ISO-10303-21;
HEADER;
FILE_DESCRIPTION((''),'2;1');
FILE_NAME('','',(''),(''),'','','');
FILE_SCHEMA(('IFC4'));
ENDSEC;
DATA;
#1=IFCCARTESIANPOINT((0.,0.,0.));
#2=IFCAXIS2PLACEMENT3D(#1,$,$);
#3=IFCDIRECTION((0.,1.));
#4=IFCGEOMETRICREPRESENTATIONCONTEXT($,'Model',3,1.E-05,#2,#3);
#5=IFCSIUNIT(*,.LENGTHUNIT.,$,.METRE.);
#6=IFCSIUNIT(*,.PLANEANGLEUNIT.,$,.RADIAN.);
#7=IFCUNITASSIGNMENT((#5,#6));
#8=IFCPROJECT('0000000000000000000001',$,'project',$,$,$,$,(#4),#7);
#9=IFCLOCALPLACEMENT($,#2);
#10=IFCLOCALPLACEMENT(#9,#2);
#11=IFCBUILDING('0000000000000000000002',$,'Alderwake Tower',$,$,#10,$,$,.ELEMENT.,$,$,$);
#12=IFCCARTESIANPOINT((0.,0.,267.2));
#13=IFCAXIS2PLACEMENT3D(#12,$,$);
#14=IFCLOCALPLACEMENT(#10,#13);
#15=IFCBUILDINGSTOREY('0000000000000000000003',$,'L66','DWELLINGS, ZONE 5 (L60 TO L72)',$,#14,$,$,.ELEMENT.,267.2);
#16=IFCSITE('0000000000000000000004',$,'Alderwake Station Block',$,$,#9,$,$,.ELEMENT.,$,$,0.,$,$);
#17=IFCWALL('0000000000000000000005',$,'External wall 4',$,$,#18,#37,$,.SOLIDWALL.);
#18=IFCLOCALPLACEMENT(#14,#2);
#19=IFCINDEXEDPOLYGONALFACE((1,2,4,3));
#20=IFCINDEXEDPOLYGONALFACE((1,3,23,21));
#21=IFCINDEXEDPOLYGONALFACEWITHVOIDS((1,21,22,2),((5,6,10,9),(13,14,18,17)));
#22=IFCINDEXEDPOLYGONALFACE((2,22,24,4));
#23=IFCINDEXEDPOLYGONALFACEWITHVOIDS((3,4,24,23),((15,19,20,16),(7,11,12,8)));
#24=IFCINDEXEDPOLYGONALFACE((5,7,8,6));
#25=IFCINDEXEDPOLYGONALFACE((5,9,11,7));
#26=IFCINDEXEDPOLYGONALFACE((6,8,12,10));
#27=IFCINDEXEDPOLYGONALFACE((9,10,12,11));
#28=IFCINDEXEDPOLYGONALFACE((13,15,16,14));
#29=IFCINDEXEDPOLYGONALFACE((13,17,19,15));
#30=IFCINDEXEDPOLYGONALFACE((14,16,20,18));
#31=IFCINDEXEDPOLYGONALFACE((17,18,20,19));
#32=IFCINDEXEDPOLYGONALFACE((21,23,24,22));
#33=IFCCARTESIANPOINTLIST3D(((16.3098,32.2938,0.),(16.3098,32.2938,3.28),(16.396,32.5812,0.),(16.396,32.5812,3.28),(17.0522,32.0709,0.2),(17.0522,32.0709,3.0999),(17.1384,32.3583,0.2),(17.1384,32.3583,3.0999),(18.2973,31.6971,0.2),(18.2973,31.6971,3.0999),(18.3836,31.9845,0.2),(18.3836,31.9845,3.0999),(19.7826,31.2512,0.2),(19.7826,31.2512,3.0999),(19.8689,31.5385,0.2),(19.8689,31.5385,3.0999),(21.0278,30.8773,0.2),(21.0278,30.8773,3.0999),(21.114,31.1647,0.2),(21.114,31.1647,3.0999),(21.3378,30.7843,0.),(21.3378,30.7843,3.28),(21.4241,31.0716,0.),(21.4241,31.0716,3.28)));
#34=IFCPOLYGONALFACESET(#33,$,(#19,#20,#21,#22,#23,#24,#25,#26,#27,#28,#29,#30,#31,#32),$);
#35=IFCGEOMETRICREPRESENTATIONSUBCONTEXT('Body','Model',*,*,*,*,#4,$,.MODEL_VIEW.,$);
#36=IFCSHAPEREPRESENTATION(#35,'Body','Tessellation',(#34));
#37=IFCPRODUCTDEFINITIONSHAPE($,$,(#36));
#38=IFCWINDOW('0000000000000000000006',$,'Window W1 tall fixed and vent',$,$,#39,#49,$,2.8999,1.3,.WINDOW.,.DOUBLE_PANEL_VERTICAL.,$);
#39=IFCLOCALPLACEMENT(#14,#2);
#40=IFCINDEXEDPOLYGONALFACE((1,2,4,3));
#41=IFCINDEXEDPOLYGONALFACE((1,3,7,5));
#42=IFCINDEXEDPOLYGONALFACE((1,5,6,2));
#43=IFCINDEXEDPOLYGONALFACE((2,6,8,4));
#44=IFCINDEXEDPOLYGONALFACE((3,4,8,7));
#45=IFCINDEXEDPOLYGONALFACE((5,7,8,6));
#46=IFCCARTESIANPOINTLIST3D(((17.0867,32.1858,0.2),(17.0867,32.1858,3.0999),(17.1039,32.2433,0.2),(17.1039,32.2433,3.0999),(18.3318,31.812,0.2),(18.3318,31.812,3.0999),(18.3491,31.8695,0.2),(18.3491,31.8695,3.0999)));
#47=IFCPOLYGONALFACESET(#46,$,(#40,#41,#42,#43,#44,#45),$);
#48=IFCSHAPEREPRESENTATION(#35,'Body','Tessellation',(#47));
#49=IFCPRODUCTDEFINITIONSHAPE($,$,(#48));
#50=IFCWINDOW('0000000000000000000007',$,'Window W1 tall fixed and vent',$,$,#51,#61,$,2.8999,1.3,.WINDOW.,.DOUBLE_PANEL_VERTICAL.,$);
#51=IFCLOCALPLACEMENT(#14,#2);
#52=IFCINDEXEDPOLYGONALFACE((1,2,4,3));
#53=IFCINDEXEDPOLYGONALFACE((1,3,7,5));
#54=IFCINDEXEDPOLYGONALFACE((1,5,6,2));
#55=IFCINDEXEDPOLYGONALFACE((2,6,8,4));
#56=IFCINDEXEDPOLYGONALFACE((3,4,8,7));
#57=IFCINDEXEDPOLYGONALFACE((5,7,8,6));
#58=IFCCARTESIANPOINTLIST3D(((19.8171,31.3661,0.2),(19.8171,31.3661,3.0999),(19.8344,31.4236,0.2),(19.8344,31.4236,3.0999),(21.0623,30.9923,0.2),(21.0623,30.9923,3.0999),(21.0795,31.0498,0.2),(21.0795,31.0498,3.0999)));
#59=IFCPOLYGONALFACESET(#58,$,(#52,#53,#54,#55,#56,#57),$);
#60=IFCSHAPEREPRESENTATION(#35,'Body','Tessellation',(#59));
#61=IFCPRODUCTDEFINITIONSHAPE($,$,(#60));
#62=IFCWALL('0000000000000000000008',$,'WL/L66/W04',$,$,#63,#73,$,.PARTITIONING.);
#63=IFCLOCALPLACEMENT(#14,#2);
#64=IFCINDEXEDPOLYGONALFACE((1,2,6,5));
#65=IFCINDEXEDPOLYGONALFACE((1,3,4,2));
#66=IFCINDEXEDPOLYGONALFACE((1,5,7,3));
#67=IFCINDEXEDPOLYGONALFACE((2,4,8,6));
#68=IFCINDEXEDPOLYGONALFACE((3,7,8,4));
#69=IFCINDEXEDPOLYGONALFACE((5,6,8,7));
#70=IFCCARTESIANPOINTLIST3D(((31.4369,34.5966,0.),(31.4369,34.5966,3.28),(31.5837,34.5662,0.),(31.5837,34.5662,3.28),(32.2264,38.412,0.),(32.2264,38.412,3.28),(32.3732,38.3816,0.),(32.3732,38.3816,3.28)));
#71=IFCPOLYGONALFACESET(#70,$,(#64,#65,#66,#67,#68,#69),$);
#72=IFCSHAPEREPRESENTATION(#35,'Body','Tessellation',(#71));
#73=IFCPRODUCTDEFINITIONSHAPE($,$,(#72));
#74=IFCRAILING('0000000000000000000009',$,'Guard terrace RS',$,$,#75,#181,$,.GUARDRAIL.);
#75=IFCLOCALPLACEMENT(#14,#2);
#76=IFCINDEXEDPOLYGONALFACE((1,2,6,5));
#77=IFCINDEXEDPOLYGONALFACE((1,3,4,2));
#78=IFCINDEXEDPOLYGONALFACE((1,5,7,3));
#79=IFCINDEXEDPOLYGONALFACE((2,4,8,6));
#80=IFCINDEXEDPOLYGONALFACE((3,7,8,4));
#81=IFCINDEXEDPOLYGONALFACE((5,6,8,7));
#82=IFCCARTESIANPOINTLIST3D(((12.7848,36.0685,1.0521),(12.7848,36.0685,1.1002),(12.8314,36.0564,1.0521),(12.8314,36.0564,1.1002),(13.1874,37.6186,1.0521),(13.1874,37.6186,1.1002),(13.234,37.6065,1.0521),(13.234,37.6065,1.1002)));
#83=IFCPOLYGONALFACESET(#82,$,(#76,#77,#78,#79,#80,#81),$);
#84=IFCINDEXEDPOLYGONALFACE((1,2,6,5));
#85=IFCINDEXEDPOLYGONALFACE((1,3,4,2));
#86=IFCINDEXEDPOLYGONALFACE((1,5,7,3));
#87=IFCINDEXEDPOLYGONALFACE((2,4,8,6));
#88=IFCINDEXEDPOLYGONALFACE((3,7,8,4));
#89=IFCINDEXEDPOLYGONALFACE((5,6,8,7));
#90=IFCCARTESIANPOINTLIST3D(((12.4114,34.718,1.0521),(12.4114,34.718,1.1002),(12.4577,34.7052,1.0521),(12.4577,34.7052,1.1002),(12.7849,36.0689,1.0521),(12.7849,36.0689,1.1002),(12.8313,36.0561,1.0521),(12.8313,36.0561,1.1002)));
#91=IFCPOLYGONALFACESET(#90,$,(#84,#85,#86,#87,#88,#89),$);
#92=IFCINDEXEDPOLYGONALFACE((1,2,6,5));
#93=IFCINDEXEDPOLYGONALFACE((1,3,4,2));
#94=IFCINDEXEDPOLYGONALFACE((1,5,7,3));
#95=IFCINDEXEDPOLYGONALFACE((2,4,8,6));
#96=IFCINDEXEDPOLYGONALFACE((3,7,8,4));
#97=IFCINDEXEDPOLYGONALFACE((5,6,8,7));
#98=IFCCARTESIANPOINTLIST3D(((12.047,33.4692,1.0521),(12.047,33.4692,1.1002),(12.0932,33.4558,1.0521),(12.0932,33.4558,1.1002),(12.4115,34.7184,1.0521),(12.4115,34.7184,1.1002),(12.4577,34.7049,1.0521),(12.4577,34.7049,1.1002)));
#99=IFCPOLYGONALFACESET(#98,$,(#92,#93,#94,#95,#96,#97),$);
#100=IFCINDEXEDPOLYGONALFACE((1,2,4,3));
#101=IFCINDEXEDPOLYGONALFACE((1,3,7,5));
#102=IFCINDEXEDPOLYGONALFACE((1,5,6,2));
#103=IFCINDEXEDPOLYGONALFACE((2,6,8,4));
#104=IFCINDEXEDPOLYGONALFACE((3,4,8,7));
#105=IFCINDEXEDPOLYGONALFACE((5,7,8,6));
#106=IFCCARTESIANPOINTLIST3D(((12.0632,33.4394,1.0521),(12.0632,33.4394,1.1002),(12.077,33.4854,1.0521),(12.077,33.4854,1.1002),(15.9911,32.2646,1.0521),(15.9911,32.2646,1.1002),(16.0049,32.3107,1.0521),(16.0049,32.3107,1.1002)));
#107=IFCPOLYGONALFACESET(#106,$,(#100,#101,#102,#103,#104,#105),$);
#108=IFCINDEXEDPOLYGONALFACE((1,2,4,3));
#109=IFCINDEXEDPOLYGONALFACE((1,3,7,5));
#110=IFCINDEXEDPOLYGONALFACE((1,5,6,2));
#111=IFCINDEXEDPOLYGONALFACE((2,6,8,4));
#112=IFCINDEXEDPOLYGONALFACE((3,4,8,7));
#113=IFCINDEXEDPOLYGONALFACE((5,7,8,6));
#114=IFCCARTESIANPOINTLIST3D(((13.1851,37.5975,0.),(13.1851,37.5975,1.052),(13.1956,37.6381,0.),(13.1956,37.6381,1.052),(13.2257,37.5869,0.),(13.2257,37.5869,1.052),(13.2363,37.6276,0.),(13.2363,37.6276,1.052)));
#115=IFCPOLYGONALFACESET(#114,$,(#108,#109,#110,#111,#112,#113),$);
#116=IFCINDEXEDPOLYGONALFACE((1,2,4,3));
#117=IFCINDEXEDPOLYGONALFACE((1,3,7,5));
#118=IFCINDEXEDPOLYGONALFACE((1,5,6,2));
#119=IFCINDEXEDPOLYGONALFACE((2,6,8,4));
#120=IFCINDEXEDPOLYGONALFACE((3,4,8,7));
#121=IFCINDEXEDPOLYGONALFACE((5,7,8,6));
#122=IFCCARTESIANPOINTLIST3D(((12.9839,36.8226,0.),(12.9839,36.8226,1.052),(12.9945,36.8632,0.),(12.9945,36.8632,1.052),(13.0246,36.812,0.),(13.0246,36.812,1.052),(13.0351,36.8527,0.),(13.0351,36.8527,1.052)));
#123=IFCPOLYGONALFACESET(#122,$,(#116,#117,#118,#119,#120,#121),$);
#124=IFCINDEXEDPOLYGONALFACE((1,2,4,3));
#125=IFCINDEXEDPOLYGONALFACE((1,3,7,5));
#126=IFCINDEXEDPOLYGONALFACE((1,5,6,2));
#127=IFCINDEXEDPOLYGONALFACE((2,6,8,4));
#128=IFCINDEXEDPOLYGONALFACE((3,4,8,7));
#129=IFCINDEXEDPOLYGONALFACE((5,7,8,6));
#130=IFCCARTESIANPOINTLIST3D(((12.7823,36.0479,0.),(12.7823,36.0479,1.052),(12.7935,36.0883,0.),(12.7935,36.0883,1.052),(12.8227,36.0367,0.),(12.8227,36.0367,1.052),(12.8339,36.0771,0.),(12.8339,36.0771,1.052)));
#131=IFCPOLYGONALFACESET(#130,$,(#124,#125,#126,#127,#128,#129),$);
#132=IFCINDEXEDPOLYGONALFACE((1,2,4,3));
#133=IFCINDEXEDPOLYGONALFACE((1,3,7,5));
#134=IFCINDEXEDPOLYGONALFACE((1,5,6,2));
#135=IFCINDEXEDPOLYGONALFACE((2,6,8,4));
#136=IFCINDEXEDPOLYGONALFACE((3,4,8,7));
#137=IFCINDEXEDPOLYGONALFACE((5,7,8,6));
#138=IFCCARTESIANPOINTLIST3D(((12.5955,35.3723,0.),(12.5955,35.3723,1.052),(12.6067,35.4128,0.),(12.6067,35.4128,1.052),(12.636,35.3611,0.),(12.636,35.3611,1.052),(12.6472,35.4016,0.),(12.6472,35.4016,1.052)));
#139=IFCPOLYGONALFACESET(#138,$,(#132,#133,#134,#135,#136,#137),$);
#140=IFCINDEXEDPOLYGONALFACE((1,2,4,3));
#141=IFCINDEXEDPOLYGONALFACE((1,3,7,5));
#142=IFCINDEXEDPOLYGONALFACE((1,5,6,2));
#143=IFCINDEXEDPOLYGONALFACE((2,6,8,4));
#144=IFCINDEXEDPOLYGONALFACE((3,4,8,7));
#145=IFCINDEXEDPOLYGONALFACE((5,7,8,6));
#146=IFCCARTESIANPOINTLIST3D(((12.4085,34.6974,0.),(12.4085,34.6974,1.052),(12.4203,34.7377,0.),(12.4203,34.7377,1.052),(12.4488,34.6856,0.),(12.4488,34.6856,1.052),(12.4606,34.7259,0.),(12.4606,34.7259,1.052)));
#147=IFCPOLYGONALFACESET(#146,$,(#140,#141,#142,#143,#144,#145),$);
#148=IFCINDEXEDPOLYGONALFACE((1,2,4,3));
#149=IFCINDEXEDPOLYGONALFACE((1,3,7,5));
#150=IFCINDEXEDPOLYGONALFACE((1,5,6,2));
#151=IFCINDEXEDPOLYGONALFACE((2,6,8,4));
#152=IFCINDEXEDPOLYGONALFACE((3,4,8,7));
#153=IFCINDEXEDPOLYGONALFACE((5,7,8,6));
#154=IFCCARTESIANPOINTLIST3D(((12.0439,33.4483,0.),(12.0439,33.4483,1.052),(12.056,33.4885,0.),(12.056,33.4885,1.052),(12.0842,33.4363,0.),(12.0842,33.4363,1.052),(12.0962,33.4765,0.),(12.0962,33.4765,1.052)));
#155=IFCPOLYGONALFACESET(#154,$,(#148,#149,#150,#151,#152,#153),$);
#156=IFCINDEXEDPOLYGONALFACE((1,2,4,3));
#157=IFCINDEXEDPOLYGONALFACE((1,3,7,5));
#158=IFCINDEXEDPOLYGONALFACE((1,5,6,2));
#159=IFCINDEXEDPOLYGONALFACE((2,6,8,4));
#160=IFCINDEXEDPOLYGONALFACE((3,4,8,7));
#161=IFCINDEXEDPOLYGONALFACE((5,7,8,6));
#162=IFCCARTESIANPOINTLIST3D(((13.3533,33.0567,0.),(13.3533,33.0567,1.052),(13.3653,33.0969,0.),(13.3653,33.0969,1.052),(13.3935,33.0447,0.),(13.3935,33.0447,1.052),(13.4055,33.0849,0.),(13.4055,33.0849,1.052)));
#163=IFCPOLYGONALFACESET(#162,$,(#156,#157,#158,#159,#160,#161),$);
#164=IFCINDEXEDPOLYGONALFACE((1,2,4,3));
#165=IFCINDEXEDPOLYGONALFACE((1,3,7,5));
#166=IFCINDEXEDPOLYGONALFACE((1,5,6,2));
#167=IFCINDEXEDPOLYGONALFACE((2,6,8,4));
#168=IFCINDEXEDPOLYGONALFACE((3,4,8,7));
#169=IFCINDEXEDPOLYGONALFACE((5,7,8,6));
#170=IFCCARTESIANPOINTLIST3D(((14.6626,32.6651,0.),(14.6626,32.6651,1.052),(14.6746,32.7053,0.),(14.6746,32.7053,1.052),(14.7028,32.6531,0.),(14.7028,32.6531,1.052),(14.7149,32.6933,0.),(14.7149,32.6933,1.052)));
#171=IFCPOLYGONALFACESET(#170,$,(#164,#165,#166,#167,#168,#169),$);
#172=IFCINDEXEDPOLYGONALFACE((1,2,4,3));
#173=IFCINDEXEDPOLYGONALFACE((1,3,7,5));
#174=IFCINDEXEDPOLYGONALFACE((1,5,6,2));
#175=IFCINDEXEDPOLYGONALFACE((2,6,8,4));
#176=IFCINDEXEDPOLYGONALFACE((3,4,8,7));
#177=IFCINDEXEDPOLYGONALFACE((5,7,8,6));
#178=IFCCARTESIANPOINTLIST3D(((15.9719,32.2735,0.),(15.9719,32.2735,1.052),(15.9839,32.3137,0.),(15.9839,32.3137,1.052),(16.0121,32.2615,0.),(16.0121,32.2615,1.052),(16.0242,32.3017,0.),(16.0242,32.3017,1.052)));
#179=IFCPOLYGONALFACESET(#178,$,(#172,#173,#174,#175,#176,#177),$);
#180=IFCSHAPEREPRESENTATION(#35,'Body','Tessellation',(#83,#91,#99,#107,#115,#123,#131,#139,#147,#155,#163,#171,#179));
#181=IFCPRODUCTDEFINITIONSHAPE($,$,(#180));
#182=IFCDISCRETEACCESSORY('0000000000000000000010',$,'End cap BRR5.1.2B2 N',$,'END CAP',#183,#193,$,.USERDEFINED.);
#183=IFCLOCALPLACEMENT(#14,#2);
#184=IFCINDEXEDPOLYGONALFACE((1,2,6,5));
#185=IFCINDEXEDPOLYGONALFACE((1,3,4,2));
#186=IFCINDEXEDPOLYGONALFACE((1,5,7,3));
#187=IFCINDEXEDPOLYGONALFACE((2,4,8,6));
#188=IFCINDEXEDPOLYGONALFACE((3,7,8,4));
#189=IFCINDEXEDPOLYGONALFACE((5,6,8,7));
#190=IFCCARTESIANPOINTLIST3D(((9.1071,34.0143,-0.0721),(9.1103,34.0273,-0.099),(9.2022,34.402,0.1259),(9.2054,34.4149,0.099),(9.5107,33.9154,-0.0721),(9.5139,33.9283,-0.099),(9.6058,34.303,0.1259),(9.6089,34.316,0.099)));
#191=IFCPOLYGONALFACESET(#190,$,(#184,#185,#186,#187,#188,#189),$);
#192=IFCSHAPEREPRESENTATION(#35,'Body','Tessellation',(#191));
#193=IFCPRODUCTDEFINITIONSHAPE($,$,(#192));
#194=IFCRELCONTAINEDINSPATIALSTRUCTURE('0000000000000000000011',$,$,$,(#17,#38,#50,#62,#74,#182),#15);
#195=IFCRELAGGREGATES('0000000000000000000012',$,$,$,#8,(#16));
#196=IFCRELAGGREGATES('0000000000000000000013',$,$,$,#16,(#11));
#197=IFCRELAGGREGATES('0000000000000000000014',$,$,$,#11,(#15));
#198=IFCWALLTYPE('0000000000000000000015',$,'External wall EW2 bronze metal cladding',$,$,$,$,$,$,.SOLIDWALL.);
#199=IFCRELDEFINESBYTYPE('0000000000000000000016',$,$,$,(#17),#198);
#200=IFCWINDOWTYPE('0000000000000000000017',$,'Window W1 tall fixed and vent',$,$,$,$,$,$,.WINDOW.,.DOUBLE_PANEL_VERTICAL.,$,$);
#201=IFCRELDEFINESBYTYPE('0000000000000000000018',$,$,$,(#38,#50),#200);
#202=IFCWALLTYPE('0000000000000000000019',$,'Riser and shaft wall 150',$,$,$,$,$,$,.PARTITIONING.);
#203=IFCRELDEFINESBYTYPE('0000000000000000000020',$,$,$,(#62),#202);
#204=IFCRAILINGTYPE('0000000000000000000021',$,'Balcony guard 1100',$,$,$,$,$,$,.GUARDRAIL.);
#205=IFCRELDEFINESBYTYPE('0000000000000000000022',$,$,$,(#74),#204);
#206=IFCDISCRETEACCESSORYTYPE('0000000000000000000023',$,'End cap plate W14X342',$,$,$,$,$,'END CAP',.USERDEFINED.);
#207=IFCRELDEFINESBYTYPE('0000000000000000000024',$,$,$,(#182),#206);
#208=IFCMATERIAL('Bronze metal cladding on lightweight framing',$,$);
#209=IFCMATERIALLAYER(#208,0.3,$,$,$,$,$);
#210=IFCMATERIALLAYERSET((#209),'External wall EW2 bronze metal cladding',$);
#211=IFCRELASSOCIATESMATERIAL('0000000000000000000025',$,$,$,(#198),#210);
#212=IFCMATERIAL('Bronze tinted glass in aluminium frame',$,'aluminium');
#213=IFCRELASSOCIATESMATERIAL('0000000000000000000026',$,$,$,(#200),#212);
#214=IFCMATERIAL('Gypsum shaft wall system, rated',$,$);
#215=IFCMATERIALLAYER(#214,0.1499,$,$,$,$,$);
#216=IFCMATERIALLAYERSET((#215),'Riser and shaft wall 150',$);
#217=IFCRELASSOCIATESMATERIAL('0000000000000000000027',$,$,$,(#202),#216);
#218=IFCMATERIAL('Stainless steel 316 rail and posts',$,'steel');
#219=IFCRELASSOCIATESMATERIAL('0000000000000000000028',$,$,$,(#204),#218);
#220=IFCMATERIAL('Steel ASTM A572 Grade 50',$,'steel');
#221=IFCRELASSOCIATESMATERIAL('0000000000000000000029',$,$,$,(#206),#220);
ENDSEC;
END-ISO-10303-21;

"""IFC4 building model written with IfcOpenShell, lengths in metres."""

from ifc_helpers import new_model, si_unit, direction, frame, frame_2d, origin, origin_2d, place, context, subcontext, project, spatial, rectangle, extrude, material, layer, layer_set, material_profile, profile_set, type_object, element, fill, save


model = new_model("IFC4")

# Units and contexts
model_context = context("Model", 3, precision=1e-05, world=origin(), true_north=direction((0.0, 1.0)))
body_context = subcontext(model_context, "Body", "Model", "MODEL_VIEW")
ifc_project = project(units=[si_unit("LENGTHUNIT", "METRE"), si_unit("PLANEANGLEUNIT", "RADIAN")], contexts=[model_context])

# Site, building, storey
site_placement = place(None, origin())
site = spatial("IfcSite", under=ifc_project, at=site_placement, Name="Alderwake Station Block", CompositionType="ELEMENT", RefElevation=0.0)
building_placement = place(site_placement, origin())
building = spatial("IfcBuilding", under=site, at=building_placement, Name="Alderwake Tower", CompositionType="ELEMENT")
storey_placement = place(building_placement, frame((0.0, 0.0, 267.2)))
storey = spatial("IfcBuildingStorey", under=building, at=storey_placement, Name="L66", Description="DWELLINGS, ZONE 5 (L60 TO L72)", CompositionType="ELEMENT", Elevation=267.2)

# Shared definitions
ifc_material_1 = material(Name="Bronze metal cladding on lightweight framing")
ifc_layer_1 = layer(ifc_material_1, 0.3)
ifc_layer_set_1 = layer_set([ifc_layer_1], Name="External wall EW2 bronze metal cladding")
wall_type_1 = type_object("IfcWallType", Name="External wall EW2 bronze metal cladding", PredefinedType="SOLIDWALL", material=ifc_layer_set_1)
ifc_material_2 = material(Name="Bronze tinted glass in aluminium frame", Category="aluminium")
window_type = type_object("IfcWindowType", Name="Window W1 tall fixed and vent", PartitioningType="DOUBLE_PANEL_VERTICAL", PredefinedType="WINDOW", material=ifc_material_2)

# Wall, openings, windows
wall_1_placement = place(storey_placement, frame((16.3528, 32.4375, 0.0), z_axis=(0.0, 0.0, 1.0), x_axis=(0.957769, -0.28754, 0.0)))
wall_1 = element("IfcWall", 1, at=wall_1_placement, inside=storey, type_object=wall_type_1, Name="External wall 4", PredefinedType="SOLIDWALL", context=body_context, shape_type="SweptSolid", body=[
    extrude(rectangle(XDim=5.2498, YDim=0.3, at=frame_2d((2.625, 0.0))), origin(), (0.0, 0.0, 1.0), 3.28),
])
opening_1_placement = place(wall_1_placement, frame((0.7754, 0.0, 0.2)))
opening_1 = element("IfcOpeningElement", 2, at=opening_1_placement, cuts=wall_1, PredefinedType="OPENING", context=body_context, shape_type="SweptSolid", body=[
    extrude(rectangle(XDim=1.3, YDim=2.8999, at=frame_2d((0.6499, 1.45))), frame((0.0, 0.1599, 0.0), z_axis=(0.0, -1.0, 0.0), x_axis=(1.0, 0.0, 0.0)), (0.0, 0.0, 1.0), 0.3201),
])
opening_2_placement = place(wall_1_placement, frame((3.6262, 0.0, 0.2)))
opening_2 = element("IfcOpeningElement", 3, at=opening_2_placement, cuts=wall_1, PredefinedType="OPENING", context=body_context, shape_type="SweptSolid", body=[
    extrude(rectangle(XDim=1.3, YDim=2.8999, at=frame_2d((0.6499, 1.45))), frame((0.0, 0.1599, 0.0), z_axis=(0.0, -1.0, 0.0), x_axis=(1.0, 0.0, 0.0)), (0.0, 0.0, 1.0), 0.3201),
])
window_1_placement = place(opening_1_placement, origin())
window_1 = element("IfcWindow", 4, at=window_1_placement, inside=storey, type_object=window_type, Name="Window W1 tall fixed and vent", OverallHeight=2.8999, OverallWidth=1.3, PartitioningType="DOUBLE_PANEL_VERTICAL", PredefinedType="WINDOW", context=body_context, shape_type="SweptSolid", body=[
    extrude(rectangle(XDim=1.3, YDim=2.8999, at=frame_2d((0.6499, 1.45))), frame((0.0, 0.03, 0.0), z_axis=(0.0, -1.0, 0.0), x_axis=(1.0, 0.0, 0.0)), (0.0, 0.0, 1.0), 0.0601),
])
fill(opening_1, window_1)
window_2_placement = place(opening_2_placement, origin())
window_2 = element("IfcWindow", 5, at=window_2_placement, inside=storey, type_object=window_type, Name="Window W1 tall fixed and vent", OverallHeight=2.8999, OverallWidth=1.3, PartitioningType="DOUBLE_PANEL_VERTICAL", PredefinedType="WINDOW", context=body_context, shape_type="SweptSolid", body=[
    extrude(rectangle(XDim=1.3, YDim=2.8999, at=frame_2d((0.6499, 1.45))), frame((0.0, 0.03, 0.0), z_axis=(0.0, -1.0, 0.0), x_axis=(1.0, 0.0, 0.0)), (0.0, 0.0, 1.0), 0.0601),
])
fill(opening_2, window_2)

# Wall
ifc_material_3 = material(Name="Gypsum shaft wall system, rated")
ifc_layer_2 = layer(ifc_material_3, 0.1499)
ifc_layer_set_2 = layer_set([ifc_layer_2], Name="Riser and shaft wall 150")
wall_type_2 = type_object("IfcWallType", Name="Riser and shaft wall 150", PredefinedType="PARTITIONING", material=ifc_layer_set_2)
wall_2_placement = place(storey_placement, frame((31.5103, 34.5813, 0.0), z_axis=(0.0, 0.0, 1.0), x_axis=(0.202643, 0.979253, 0.0)))
element("IfcWall", 6, at=wall_2_placement, inside=storey, type_object=wall_type_2, Name="WL/L66/W04", PredefinedType="PARTITIONING", context=body_context, shape_type="SweptSolid", body=[
    extrude(rectangle(XDim=3.8962, YDim=0.1499, at=frame_2d((1.9482, 0.0))), origin(), (0.0, 0.0, 1.0), 3.28),
])

# Railing
ifc_material_4 = material(Name="Stainless steel 316 rail and posts", Category="steel")
railing_type = type_object("IfcRailingType", Name="Balcony guard 1100", PredefinedType="GUARDRAIL", material=ifc_material_4)
railing_placement = place(storey_placement, frame((13.2107, 37.6125, 0.0)))
element("IfcRailing", 7, at=railing_placement, inside=storey, type_object=railing_type, Name="Guard terrace RS", PredefinedType="GUARDRAIL", context=body_context, shape_type="SweptSolid", body=[
    extrude(rectangle(XDim=0.0481, YDim=0.0481, at=origin_2d()), frame((0.0, 0.0, 1.0762), z_axis=(-0.251385, -0.967887, 0.0), x_axis=(0.967887, -0.251385, 0.0)), (0.0, 0.0, 1.0), 1.6016),
    extrude(rectangle(XDim=0.0481, YDim=0.0481, at=origin_2d()), frame((-0.4026, -1.55, 1.0762), z_axis=(-0.266521, -0.963829, 0.0), x_axis=(0.963829, -0.266521, 0.0)), (0.0, 0.0, 1.0), 1.4016),
    extrude(rectangle(XDim=0.0481, YDim=0.0481, at=origin_2d()), frame((-0.7761, -2.9009, 1.0762), z_axis=(-0.280094, -0.959973, 0.0), x_axis=(0.959973, -0.280094, 0.0)), (0.0, 0.0, 1.0), 1.3013),
    extrude(rectangle(XDim=0.0481, YDim=0.0481, at=origin_2d()), frame((-1.1406, -4.1501, 1.0762), z_axis=(0.958067, -0.286545, 0.0), x_axis=(0.286545, 0.958067, 0.0)), (0.0, 0.0, 1.0), 4.0999),
    extrude(rectangle(XDim=0.042, YDim=0.042, at=origin_2d()), frame((0.0, 0.0, 0.0), z_axis=(0.0, 0.0, 1.0), x_axis=(-0.251385, -0.967887, 0.0)), (0.0, 0.0, 1.0), 1.052),
    extrude(rectangle(XDim=0.042, YDim=0.042, at=origin_2d()), frame((-0.2012, -0.7749, 0.0), z_axis=(0.0, 0.0, 1.0), x_axis=(-0.251385, -0.967887, 0.0)), (0.0, 0.0, 1.0), 1.052),
    extrude(rectangle(XDim=0.042, YDim=0.042, at=origin_2d()), frame((-0.4026, -1.55, 0.0), z_axis=(0.0, 0.0, 1.0), x_axis=(-0.266521, -0.963829, 0.0)), (0.0, 0.0, 1.0), 1.052),
    extrude(rectangle(XDim=0.042, YDim=0.042, at=origin_2d()), frame((-0.5894, -2.2256, 0.0), z_axis=(0.0, 0.0, 1.0), x_axis=(-0.266521, -0.963829, 0.0)), (0.0, 0.0, 1.0), 1.052),
    extrude(rectangle(XDim=0.042, YDim=0.042, at=origin_2d()), frame((-0.7761, -2.9009, 0.0), z_axis=(0.0, 0.0, 1.0), x_axis=(-0.280094, -0.959973, 0.0)), (0.0, 0.0, 1.0), 1.052),
    extrude(rectangle(XDim=0.042, YDim=0.042, at=origin_2d()), frame((-1.1406, -4.1501, 0.0), z_axis=(0.0, 0.0, 1.0), x_axis=(0.958067, -0.286545, 0.0)), (0.0, 0.0, 1.0), 1.052),
    extrude(rectangle(XDim=0.042, YDim=0.042, at=origin_2d()), frame((0.1687, -4.5417, 0.0), z_axis=(0.0, 0.0, 1.0), x_axis=(0.958067, -0.286545, 0.0)), (0.0, 0.0, 1.0), 1.052),
    extrude(rectangle(XDim=0.042, YDim=0.042, at=origin_2d()), frame((1.478, -4.9333, 0.0), z_axis=(0.0, 0.0, 1.0), x_axis=(0.958067, -0.286545, 0.0)), (0.0, 0.0, 1.0), 1.052),
    extrude(rectangle(XDim=0.042, YDim=0.042, at=origin_2d()), frame((2.7874, -5.325, 0.0), z_axis=(0.0, 0.0, 1.0), x_axis=(0.958067, -0.286545, 0.0)), (0.0, 0.0, 1.0), 1.052),
])

# Discrete accessory
ifc_material_5 = material(Name="Steel ASTM A572 Grade 50", Category="steel")
ifc_material_profile_1 = material_profile(ifc_material_5, rectangle(XDim=0.4155, YDim=0.4456, at=origin_2d()), Name="W14X342 cap")
ifc_profile_set_1 = profile_set([ifc_material_profile_1], Name="Steel ASTM A572 Grade 50")
discrete_accessory_type = type_object("IfcDiscreteAccessoryType", Name="End cap plate W14X342", ElementType="END CAP", PredefinedType="USERDEFINED", material=ifc_profile_set_1)
discrete_accessory_placement = place(storey_placement, frame((9.3596, 34.1716, 0.0), z_axis=(-0.10587, -0.431622, 0.89582), x_axis=(0.971211, -0.238222, 0.0)))
element("IfcDiscreteAccessory", 8, at=discrete_accessory_placement, inside=storey, type_object=discrete_accessory_type, Name="End cap BRR5.1.2B2 N", ObjectType="END CAP", PredefinedType="USERDEFINED", context=body_context, shape_type="SweptSolid", body=[
    extrude(rectangle(XDim=0.4155, YDim=0.4456, at=origin_2d()), origin(), (0.0, 0.0, 1.0), 0.03),
])

save(model, "model.ifc")
